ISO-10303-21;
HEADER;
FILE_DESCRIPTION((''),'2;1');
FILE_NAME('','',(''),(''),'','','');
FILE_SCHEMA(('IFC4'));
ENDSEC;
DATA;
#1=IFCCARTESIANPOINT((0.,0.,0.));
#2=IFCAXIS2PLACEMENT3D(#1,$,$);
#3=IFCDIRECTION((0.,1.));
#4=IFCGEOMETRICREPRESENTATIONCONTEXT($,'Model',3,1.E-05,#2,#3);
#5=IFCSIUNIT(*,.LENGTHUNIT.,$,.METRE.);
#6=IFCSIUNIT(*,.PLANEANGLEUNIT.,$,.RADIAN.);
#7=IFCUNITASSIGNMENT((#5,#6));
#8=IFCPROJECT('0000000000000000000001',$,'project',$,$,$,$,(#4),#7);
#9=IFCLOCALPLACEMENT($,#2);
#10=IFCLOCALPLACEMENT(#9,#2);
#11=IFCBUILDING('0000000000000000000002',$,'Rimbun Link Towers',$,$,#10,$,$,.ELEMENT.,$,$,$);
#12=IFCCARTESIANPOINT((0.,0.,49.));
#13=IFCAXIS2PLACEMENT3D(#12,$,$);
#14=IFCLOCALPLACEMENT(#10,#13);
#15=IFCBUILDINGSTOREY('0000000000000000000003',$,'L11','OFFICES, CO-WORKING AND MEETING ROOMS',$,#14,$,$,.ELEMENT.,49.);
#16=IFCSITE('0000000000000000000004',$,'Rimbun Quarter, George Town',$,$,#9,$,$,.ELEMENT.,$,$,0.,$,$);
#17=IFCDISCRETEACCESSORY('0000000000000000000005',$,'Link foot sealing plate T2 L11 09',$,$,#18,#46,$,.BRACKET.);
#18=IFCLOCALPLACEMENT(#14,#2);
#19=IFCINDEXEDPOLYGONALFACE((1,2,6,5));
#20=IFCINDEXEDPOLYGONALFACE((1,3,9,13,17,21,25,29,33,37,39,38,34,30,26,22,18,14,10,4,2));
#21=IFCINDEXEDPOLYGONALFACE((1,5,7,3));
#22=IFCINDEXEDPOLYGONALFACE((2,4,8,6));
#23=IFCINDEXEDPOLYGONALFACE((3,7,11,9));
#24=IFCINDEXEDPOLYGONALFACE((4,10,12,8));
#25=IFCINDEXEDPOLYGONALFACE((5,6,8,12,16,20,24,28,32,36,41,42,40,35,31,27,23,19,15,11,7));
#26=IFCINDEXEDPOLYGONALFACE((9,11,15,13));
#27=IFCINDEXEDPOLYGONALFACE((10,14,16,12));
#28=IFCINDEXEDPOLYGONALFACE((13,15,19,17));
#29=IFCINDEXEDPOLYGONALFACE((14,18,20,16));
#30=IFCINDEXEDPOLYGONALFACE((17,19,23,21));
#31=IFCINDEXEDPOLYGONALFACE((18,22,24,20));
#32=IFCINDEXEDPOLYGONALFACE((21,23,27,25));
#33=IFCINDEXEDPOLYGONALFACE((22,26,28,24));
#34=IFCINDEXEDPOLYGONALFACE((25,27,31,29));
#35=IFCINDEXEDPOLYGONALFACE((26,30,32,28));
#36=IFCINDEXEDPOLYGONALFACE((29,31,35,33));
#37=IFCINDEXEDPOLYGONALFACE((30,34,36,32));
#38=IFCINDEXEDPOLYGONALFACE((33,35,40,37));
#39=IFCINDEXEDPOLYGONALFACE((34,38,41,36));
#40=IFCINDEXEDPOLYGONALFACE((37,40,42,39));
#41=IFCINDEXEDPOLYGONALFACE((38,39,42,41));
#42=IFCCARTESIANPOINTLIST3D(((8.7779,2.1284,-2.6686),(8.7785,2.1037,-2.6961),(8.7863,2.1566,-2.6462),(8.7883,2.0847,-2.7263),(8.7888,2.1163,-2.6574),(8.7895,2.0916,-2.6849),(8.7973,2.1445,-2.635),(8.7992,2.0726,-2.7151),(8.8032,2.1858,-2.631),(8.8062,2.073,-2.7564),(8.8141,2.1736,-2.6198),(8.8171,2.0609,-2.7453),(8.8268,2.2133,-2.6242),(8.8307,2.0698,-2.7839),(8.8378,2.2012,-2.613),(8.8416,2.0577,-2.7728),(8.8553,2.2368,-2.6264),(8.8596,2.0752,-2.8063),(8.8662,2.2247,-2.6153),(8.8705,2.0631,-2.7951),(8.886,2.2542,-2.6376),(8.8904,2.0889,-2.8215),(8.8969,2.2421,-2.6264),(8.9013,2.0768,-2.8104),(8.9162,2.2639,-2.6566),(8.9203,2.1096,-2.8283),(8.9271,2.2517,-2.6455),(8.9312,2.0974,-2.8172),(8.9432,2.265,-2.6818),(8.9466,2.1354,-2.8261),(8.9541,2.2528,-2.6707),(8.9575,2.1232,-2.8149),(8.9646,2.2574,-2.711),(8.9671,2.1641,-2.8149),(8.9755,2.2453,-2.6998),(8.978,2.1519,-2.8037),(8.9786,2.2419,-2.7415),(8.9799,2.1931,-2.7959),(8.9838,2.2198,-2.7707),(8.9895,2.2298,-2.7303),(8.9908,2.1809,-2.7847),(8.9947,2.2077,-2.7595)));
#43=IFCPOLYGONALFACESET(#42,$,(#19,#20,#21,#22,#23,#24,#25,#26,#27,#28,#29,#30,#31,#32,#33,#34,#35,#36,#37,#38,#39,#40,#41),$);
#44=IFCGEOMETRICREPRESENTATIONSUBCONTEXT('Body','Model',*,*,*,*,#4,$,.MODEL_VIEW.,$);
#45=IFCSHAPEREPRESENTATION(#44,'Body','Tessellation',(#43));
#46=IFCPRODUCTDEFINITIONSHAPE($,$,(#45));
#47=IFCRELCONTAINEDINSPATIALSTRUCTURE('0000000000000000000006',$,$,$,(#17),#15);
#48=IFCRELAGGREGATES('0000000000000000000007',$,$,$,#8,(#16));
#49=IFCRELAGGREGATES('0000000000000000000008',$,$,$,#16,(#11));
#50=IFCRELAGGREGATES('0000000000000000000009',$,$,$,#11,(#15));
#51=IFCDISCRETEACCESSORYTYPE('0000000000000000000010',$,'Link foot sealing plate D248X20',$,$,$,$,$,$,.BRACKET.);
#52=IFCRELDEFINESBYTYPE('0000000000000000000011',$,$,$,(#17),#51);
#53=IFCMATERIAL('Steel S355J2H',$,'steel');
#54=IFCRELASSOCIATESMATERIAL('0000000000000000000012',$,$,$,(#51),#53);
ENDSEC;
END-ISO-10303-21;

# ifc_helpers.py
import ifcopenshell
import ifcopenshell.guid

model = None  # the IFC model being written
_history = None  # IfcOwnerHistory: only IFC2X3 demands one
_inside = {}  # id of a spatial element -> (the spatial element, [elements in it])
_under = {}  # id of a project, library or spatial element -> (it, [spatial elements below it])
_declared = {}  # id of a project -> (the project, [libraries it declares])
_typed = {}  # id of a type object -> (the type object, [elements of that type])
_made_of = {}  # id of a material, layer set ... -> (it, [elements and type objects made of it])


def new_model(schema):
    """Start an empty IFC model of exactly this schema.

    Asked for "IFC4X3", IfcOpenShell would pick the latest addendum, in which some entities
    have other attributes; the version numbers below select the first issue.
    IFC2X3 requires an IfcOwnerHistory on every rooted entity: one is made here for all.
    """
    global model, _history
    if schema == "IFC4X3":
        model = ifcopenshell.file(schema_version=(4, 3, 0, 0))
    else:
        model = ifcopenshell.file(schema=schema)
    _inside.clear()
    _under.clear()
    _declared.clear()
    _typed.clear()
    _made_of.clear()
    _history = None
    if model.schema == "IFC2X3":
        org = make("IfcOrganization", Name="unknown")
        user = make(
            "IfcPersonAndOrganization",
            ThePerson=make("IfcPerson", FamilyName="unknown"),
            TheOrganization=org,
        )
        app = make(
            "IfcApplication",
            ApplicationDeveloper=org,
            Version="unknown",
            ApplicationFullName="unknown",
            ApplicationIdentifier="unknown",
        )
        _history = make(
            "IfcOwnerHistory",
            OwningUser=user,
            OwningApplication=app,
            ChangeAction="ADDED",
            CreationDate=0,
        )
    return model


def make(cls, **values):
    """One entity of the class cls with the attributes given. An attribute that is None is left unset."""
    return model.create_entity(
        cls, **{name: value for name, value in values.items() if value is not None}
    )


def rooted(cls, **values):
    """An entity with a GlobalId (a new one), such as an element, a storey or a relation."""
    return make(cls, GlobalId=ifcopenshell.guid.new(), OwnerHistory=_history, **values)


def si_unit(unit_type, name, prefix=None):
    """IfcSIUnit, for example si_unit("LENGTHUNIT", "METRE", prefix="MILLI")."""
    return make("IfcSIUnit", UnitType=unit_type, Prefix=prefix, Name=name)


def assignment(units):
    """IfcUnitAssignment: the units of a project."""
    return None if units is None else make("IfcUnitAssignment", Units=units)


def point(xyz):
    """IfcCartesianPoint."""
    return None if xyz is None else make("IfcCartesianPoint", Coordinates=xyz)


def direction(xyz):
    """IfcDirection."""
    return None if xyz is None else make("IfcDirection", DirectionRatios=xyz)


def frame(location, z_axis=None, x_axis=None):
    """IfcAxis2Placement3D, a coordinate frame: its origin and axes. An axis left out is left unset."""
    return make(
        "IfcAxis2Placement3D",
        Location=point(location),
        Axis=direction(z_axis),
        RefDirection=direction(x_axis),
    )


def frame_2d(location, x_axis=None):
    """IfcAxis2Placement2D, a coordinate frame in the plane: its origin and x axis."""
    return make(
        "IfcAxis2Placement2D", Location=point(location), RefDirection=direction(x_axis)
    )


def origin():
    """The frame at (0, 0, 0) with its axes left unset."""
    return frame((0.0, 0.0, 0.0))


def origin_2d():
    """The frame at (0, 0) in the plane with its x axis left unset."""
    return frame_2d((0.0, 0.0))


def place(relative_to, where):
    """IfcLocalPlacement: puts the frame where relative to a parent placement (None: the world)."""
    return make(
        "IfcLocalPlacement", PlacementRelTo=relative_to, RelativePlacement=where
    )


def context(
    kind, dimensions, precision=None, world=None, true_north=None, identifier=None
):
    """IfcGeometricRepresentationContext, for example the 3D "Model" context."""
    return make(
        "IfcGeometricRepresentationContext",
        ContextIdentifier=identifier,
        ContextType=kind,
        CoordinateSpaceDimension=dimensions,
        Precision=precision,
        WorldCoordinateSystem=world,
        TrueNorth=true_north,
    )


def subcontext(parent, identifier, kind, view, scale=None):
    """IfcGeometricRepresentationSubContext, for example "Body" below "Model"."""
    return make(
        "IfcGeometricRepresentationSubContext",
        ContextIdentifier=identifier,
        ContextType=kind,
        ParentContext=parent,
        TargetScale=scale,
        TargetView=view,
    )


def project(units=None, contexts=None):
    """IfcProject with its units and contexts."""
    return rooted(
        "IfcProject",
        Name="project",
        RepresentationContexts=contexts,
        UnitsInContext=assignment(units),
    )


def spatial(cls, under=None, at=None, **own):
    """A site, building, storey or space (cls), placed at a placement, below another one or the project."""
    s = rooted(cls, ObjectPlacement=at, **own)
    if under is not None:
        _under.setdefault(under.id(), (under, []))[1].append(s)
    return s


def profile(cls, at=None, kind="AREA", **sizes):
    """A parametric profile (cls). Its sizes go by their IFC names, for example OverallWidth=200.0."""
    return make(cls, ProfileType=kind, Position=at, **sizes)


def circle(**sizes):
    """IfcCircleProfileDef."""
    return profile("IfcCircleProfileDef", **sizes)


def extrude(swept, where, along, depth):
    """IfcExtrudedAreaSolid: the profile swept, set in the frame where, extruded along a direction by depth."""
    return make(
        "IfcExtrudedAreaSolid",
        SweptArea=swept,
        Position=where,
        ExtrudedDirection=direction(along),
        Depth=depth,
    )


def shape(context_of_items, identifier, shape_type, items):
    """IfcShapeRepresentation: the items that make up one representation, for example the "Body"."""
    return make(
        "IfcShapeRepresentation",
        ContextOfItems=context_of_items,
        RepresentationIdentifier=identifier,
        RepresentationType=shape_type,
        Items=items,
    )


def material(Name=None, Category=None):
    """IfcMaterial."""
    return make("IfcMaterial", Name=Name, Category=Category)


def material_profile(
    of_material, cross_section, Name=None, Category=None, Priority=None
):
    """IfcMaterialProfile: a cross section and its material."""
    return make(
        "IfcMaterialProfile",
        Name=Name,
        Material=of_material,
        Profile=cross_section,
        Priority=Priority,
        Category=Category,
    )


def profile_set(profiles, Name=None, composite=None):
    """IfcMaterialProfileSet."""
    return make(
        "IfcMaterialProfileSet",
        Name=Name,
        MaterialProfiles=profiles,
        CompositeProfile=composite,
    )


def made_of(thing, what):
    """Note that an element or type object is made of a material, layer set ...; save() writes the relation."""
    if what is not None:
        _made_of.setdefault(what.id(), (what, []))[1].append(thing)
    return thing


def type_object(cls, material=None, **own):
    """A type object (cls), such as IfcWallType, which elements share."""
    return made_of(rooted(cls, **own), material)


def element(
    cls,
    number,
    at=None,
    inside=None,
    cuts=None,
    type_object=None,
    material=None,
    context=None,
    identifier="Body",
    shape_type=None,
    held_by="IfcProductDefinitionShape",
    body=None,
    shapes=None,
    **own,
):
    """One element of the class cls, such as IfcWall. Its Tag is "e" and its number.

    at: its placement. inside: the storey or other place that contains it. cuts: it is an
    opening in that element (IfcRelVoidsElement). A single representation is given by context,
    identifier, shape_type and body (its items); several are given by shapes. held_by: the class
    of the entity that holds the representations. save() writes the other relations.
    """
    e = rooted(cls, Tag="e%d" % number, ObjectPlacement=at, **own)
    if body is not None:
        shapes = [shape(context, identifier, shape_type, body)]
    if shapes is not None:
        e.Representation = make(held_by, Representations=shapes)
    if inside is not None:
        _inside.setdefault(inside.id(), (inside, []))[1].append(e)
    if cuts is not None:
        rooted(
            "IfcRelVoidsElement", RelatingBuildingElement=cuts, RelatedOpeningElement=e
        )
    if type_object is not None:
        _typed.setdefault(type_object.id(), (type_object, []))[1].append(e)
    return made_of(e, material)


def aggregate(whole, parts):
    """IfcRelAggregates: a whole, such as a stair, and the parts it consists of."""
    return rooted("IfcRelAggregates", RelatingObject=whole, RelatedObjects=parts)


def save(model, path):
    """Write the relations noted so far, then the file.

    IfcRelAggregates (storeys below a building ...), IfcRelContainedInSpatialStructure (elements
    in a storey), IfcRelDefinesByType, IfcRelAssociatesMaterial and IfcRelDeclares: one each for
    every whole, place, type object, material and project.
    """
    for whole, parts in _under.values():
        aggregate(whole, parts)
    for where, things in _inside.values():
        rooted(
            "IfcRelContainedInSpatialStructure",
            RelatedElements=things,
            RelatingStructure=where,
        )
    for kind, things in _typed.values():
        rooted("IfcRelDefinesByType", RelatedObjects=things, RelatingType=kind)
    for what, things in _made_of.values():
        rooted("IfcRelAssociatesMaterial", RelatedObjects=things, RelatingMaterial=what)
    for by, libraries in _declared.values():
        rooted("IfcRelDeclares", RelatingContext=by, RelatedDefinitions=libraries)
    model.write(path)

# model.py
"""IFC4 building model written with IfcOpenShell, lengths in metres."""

from ifc_helpers import new_model, si_unit, direction, frame, origin, origin_2d, place, context, subcontext, project, spatial, circle, extrude, material, material_profile, profile_set, type_object, element, save


model = new_model("IFC4")

# Units and contexts
model_context = context("Model", 3, precision=1e-05, world=origin(), true_north=direction((0.0, 1.0)))
body_context = subcontext(model_context, "Body", "Model", "MODEL_VIEW")
ifc_project = project(units=[si_unit("LENGTHUNIT", "METRE"), si_unit("PLANEANGLEUNIT", "RADIAN")], contexts=[model_context])

# Site, building, storey
site_placement = place(None, origin())
site = spatial("IfcSite", under=ifc_project, at=site_placement, Name="Rimbun Quarter, George Town", CompositionType="ELEMENT", RefElevation=0.0)
building_placement = place(site_placement, origin())
building = spatial("IfcBuilding", under=site, at=building_placement, Name="Rimbun Link Towers", CompositionType="ELEMENT")
storey_placement = place(building_placement, frame((0.0, 0.0, 49.0)))
storey = spatial("IfcBuildingStorey", under=building, at=storey_placement, Name="L11", Description="OFFICES, CO-WORKING AND MEETING ROOMS", CompositionType="ELEMENT", Elevation=49.0)

# Discrete accessory
ifc_material_1 = material(Name="Steel S355J2H", Category="steel")
ifc_material_profile_1 = material_profile(ifc_material_1, circle(Radius=0.124, at=origin_2d()), Name="PL D248")
ifc_profile_set_1 = profile_set([ifc_material_profile_1], Name="Steel S355J2H")
discrete_accessory_type = type_object("IfcDiscreteAccessoryType", Name="Link foot sealing plate D248X20", PredefinedType="BRACKET", material=ifc_profile_set_1)
discrete_accessory_1_placement = place(storey_placement, frame((8.8914, 2.1555, -2.7151), z_axis=(-0.552199, 0.613555, -0.56447), x_axis=(-0.743294, -0.668965, 0.0)))
element("IfcDiscreteAccessory", 1, at=discrete_accessory_1_placement, inside=storey, type_object=discrete_accessory_type, Name="Link foot sealing plate T2 L11 09", PredefinedType="BRACKET", context=body_context, shape_type="SweptSolid", body=[
    extrude(circle(Radius=0.124, at=origin_2d()), origin(), (0.0, 0.0, 1.0), 0.0198),
])

save(model, "model.ifc")
